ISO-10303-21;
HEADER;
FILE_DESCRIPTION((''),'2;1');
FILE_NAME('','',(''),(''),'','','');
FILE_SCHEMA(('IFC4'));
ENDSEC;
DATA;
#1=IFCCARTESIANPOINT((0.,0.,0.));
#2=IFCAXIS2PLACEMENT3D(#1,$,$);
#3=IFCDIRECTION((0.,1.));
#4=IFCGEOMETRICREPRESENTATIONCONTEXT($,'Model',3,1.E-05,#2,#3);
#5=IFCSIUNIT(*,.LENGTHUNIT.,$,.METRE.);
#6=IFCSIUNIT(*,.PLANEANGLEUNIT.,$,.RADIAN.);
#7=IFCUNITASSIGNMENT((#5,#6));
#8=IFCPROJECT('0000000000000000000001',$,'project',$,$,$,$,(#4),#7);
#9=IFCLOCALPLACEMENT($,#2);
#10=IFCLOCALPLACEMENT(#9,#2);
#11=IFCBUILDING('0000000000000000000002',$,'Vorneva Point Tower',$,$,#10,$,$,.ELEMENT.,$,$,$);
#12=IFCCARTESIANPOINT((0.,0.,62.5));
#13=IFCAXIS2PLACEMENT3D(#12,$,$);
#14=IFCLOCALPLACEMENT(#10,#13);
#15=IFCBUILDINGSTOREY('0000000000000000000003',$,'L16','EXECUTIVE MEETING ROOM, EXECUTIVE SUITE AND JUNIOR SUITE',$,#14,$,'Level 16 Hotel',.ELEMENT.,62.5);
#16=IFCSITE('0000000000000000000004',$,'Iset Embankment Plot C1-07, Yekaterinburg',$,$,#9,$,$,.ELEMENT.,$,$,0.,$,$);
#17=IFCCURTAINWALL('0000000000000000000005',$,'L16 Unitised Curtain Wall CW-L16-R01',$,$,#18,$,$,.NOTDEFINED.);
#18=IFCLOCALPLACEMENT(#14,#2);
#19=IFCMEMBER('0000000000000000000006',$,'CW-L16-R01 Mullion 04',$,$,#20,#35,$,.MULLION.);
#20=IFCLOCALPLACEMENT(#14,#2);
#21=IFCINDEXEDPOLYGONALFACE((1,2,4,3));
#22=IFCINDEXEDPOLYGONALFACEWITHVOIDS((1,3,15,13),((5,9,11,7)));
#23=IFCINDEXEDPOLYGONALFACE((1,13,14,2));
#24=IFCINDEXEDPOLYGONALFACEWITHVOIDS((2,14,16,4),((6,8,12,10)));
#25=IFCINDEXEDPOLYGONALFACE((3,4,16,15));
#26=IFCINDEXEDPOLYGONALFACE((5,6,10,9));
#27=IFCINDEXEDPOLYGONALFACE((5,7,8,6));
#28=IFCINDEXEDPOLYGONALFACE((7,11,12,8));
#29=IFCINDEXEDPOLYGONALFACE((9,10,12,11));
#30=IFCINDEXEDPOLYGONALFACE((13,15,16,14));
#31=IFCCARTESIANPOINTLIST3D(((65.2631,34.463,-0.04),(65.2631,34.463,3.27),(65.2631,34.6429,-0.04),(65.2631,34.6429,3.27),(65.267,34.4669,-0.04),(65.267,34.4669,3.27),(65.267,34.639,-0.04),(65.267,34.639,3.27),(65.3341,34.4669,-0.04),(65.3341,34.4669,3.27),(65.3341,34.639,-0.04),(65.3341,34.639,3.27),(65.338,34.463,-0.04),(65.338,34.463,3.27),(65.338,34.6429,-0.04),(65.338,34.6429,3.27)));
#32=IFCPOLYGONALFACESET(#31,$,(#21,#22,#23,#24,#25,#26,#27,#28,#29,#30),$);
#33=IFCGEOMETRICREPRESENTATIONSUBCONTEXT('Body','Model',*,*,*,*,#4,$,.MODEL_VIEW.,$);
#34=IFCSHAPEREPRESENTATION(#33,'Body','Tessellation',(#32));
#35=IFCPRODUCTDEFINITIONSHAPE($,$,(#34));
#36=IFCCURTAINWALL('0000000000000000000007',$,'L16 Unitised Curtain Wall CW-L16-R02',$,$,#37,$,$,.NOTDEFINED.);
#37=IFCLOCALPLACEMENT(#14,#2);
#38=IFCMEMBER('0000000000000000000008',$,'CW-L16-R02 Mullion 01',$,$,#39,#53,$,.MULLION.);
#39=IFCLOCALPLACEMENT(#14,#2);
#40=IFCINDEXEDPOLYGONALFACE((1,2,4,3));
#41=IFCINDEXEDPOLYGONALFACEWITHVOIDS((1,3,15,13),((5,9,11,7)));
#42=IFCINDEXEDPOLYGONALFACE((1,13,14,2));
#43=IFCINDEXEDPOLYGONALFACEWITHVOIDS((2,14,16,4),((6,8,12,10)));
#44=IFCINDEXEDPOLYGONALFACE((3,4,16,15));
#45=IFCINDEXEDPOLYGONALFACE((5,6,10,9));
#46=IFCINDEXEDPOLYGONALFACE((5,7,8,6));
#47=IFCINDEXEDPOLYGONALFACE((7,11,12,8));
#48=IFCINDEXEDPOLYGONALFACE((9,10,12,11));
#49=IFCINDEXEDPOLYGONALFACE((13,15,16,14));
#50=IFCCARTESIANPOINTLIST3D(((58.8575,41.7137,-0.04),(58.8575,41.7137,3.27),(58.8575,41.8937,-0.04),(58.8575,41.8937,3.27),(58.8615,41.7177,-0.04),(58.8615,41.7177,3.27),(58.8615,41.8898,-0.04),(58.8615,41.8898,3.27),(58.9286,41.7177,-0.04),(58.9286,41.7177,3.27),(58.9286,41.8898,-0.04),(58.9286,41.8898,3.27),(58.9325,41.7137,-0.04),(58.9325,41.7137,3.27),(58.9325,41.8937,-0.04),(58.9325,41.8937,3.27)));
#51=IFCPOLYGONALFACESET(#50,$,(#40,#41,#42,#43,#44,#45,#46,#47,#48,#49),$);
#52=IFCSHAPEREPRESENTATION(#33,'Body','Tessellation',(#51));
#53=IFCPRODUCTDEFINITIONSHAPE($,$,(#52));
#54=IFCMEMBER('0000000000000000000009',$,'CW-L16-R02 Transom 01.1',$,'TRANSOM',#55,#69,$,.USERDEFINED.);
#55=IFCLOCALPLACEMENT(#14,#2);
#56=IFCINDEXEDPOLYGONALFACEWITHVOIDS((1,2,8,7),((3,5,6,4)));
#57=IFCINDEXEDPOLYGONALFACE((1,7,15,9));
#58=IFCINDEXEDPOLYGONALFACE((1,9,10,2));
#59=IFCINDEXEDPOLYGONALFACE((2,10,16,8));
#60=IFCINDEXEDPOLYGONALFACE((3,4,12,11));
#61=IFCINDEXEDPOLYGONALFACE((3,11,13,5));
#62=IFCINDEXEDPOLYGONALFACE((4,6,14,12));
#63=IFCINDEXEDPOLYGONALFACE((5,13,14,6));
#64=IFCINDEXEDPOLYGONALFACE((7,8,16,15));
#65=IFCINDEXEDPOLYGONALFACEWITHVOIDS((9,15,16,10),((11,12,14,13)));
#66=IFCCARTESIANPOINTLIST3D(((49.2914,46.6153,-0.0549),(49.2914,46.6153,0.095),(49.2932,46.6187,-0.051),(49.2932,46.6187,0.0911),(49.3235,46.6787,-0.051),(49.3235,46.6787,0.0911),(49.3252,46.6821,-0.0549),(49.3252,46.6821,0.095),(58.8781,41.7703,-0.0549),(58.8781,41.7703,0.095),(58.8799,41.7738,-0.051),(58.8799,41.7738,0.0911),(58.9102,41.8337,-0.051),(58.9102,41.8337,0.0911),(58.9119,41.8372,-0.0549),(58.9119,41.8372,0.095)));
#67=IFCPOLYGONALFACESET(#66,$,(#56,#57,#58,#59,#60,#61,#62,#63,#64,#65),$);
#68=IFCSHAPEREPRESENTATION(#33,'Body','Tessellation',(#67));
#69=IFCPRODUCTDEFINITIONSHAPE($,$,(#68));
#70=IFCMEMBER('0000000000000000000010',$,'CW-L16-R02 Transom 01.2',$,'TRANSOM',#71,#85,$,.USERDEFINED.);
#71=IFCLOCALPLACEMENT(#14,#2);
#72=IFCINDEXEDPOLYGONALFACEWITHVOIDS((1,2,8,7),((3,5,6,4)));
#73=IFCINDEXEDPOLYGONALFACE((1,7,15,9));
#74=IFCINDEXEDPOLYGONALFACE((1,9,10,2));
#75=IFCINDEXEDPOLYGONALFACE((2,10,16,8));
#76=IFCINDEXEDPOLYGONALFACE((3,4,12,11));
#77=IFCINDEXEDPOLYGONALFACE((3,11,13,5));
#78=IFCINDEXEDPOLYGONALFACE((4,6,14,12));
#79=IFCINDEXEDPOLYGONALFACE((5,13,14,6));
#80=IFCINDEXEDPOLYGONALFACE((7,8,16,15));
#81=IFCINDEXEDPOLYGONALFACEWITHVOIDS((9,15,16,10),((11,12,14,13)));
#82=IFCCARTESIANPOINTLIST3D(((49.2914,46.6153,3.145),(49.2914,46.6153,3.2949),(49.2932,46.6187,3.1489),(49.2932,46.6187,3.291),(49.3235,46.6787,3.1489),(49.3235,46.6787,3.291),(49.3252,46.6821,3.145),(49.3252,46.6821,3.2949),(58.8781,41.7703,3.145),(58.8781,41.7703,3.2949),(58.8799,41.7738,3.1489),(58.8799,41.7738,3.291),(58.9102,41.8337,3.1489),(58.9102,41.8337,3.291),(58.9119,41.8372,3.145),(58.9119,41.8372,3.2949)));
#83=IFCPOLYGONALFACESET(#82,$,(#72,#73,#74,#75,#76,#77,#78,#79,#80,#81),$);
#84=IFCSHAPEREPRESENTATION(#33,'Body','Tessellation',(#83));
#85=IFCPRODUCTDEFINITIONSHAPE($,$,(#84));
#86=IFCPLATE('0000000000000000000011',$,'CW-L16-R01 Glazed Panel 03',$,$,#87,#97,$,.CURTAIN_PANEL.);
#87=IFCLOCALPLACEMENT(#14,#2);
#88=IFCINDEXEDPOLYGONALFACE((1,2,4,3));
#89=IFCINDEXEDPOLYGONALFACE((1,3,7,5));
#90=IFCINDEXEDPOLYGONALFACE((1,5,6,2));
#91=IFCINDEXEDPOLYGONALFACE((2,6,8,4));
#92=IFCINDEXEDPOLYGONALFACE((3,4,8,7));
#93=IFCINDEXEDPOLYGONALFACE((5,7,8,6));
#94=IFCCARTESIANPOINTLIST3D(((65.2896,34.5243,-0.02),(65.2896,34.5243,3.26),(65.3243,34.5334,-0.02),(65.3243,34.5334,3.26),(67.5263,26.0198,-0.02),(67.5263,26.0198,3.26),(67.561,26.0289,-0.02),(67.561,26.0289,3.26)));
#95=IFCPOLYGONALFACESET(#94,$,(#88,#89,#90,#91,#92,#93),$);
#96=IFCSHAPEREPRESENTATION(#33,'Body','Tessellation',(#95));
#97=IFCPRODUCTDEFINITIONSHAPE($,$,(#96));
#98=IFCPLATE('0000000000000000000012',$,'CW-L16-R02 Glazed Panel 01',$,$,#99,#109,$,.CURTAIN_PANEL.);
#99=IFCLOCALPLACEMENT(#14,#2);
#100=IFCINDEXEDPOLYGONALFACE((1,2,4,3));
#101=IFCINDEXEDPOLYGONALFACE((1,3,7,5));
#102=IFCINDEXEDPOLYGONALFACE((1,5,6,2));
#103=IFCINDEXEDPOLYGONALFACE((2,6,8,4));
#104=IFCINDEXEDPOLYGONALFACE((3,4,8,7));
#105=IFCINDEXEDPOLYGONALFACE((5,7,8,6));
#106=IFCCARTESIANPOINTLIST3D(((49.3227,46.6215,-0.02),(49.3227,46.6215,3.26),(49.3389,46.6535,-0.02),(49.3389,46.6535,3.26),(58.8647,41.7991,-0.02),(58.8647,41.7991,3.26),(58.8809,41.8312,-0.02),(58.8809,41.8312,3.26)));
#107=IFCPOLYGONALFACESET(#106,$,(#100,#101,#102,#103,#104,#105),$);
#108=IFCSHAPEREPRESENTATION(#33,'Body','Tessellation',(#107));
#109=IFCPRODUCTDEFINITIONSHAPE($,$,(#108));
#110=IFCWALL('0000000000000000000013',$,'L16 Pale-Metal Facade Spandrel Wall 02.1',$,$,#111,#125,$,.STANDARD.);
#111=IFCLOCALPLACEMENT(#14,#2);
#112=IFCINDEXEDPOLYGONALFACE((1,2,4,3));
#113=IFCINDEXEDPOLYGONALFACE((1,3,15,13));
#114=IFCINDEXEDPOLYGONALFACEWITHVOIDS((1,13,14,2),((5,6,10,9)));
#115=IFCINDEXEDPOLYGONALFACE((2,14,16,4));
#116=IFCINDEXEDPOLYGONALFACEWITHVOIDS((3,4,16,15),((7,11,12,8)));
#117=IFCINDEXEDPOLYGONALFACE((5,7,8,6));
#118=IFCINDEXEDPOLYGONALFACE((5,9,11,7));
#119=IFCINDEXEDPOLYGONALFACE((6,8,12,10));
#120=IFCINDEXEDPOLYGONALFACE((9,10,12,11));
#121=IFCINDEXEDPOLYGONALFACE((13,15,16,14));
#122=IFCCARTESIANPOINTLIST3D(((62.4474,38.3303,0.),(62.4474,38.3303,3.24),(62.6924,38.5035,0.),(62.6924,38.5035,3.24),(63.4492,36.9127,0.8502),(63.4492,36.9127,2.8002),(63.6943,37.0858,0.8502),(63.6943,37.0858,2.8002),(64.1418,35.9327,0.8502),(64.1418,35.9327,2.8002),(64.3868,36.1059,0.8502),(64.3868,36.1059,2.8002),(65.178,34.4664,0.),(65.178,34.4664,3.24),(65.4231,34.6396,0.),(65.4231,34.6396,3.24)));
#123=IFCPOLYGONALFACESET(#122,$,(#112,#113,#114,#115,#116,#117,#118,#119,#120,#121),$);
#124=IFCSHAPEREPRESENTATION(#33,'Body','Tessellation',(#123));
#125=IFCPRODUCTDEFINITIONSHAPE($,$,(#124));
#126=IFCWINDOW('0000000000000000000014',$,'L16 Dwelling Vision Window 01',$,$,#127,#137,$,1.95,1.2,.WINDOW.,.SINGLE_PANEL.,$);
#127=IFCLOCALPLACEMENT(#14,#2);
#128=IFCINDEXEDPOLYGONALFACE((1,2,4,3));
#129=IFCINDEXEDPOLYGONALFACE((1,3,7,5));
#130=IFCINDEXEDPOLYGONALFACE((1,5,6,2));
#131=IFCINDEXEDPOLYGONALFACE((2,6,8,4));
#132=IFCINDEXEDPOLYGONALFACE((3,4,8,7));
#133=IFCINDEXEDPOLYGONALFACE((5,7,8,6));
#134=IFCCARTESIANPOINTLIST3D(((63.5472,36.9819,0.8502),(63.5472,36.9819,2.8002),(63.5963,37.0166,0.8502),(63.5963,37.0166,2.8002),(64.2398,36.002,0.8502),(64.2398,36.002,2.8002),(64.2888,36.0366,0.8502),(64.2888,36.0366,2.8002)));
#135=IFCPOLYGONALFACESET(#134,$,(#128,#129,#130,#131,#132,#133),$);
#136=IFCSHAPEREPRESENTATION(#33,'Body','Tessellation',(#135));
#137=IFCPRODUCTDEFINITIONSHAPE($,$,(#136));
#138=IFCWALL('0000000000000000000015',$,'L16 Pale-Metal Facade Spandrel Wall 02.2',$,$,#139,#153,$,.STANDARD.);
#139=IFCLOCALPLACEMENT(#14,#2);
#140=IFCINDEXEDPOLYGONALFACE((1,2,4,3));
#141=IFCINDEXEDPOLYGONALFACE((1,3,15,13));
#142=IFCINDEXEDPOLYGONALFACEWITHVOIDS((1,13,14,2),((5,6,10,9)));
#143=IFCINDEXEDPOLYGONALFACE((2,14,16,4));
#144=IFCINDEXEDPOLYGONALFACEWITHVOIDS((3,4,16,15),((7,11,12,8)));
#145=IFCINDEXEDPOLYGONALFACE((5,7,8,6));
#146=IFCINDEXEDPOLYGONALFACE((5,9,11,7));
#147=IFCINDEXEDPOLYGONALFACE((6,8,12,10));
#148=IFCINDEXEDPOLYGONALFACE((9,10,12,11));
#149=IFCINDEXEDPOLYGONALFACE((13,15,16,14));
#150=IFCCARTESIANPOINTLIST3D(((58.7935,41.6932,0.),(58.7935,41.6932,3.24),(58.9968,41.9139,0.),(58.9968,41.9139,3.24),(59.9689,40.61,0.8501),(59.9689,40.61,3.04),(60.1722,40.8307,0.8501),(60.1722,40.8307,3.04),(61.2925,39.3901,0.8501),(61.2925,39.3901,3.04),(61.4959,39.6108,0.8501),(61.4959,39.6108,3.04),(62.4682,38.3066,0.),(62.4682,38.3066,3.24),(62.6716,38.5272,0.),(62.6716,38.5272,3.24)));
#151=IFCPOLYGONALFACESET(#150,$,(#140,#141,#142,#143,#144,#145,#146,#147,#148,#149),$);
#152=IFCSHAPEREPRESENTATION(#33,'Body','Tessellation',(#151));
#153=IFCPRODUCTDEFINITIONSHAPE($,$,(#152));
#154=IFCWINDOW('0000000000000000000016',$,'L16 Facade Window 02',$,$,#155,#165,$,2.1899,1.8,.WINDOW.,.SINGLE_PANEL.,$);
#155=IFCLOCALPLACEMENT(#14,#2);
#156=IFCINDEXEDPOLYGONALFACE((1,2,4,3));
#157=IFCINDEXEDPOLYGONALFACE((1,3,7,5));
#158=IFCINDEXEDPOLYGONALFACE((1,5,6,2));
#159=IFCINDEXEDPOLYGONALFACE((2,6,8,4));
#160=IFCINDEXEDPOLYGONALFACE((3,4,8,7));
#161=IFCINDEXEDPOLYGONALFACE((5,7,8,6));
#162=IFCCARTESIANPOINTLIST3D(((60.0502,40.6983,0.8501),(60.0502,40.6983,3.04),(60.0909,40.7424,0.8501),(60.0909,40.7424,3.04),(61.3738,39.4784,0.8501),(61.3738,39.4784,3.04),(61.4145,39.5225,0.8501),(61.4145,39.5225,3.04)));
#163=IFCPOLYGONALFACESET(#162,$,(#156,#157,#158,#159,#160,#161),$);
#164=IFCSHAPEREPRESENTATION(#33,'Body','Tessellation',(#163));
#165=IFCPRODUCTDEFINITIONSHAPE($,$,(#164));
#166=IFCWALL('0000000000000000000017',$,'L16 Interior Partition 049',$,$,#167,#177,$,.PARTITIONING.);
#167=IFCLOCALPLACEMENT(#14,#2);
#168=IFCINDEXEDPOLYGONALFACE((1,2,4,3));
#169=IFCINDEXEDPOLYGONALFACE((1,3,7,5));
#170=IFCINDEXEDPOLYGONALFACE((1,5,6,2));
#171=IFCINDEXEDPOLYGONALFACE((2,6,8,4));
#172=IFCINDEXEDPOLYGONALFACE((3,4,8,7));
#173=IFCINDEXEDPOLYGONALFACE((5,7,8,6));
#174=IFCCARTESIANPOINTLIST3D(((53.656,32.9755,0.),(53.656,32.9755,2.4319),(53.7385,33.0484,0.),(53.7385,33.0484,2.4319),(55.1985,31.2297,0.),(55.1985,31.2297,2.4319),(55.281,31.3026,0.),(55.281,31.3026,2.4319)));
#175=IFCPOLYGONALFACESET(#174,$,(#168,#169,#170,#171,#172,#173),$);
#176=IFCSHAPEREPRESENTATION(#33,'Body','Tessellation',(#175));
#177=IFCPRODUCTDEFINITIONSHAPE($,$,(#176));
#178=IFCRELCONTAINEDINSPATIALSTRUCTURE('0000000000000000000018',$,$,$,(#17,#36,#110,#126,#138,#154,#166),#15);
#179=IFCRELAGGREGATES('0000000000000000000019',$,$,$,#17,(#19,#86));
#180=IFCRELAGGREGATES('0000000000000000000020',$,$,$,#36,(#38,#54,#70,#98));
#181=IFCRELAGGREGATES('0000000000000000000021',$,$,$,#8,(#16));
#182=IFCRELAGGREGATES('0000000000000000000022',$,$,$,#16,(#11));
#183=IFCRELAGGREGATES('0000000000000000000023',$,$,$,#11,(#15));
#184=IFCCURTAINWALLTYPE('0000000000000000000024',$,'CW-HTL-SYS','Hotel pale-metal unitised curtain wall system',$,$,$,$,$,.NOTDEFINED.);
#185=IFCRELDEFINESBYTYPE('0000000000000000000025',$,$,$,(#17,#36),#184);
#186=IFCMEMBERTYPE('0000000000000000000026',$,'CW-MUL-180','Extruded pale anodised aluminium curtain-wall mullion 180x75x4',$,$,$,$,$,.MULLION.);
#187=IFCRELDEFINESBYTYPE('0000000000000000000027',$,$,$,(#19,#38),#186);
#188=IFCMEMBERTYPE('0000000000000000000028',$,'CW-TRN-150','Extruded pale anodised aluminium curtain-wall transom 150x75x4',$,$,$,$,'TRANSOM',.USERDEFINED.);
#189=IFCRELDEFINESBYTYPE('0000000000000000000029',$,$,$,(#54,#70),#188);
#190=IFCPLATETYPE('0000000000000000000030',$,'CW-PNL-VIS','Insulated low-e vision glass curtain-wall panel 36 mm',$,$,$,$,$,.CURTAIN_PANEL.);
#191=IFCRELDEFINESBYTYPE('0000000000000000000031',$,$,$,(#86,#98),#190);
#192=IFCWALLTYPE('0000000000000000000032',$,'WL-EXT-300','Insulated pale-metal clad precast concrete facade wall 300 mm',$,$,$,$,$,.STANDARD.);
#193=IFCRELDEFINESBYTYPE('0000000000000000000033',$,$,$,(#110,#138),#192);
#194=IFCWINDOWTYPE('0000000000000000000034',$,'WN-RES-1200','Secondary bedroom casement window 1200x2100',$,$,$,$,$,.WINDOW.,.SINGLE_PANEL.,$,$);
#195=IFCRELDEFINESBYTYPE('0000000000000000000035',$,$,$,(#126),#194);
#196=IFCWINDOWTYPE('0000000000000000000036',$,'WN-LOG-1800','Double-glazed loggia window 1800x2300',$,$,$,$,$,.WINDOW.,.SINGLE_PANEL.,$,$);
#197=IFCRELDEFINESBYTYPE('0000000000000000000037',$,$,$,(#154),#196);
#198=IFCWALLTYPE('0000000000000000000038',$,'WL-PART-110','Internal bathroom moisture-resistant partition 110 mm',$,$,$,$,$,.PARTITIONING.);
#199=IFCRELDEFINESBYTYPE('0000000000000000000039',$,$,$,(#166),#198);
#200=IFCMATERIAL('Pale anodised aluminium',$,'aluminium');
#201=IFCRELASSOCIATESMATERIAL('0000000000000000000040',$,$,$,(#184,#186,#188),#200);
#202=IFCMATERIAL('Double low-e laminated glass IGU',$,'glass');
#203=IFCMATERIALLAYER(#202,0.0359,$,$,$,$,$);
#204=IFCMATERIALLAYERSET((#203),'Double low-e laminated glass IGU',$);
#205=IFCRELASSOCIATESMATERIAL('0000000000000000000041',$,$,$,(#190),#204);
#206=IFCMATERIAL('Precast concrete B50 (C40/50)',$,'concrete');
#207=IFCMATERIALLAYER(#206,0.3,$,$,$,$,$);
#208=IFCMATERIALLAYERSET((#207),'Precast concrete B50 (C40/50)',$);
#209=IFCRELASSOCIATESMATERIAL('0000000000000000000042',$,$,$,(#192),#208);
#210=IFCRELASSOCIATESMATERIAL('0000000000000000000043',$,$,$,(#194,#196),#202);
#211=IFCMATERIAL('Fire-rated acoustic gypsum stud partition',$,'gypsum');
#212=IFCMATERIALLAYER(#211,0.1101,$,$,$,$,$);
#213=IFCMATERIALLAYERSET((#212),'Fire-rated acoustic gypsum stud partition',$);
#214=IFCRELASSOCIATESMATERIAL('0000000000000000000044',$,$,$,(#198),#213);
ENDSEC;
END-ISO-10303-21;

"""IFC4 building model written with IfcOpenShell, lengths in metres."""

from ifc_helpers import new_model, si_unit, direction, frame, frame_2d, origin, origin_2d, place, context, subcontext, project, spatial, rectangle, hollow_rectangle, extrude, material, layer, layer_set, material_profile, profile_set, type_object, element, fill, aggregate, save


model = new_model("IFC4")

# Units and contexts
model_context = context("Model", 3, precision=1e-05, world=origin(), true_north=direction((0.0, 1.0)))
body_context = subcontext(model_context, "Body", "Model", "MODEL_VIEW")
ifc_project = project(units=[si_unit("LENGTHUNIT", "METRE"), si_unit("PLANEANGLEUNIT", "RADIAN")], contexts=[model_context])

# Site, building, storey
site_placement = place(None, origin())
site = spatial("IfcSite", under=ifc_project, at=site_placement, Name="Iset Embankment Plot C1-07, Yekaterinburg", CompositionType="ELEMENT", RefElevation=0.0)
building_placement = place(site_placement, origin())
building = spatial("IfcBuilding", under=site, at=building_placement, Name="Vorneva Point Tower", CompositionType="ELEMENT")
storey_placement = place(building_placement, frame((0.0, 0.0, 62.5)))
storey = spatial("IfcBuildingStorey", under=building, at=storey_placement, Name="L16", Description="EXECUTIVE MEETING ROOM, EXECUTIVE SUITE AND JUNIOR SUITE", LongName="Level 16 Hotel", CompositionType="ELEMENT", Elevation=62.5)

# Curtain wall, member
ifc_material_1 = material(Name="Pale anodised aluminium", Category="aluminium")
curtain_wall_type = type_object("IfcCurtainWallType", Name="CW-HTL-SYS", Description="Hotel pale-metal unitised curtain wall system", PredefinedType="NOTDEFINED", material=ifc_material_1)
curtain_wall_1_placement = place(storey_placement, origin())
curtain_wall_1 = element("IfcCurtainWall", 1, at=curtain_wall_1_placement, inside=storey, type_object=curtain_wall_type, Name="L16 Unitised Curtain Wall CW-L16-R01", PredefinedType="NOTDEFINED")
ifc_material_profile_1 = material_profile(ifc_material_1, hollow_rectangle(XDim=0.075, YDim=0.1799, WallThickness=0.0039, at=origin_2d()), Name="AL-MUL 180x75x4")
ifc_profile_set_1 = profile_set([ifc_material_profile_1], Name="Pale anodised aluminium")
member_type_1 = type_object("IfcMemberType", Name="CW-MUL-180", Description="Extruded pale anodised aluminium curtain-wall mullion 180x75x4", PredefinedType="MULLION", material=ifc_profile_set_1)
member_1_placement = place(storey_placement, frame((65.3005, 34.553, -0.04), z_axis=(0.0, 0.0, 1.0), x_axis=(1.0, 0.0, 0.0)))
member_1 = element("IfcMember", 2, at=member_1_placement, type_object=member_type_1, Name="CW-L16-R01 Mullion 04", PredefinedType="MULLION", context=body_context, shape_type="SweptSolid", body=[
    extrude(hollow_rectangle(XDim=0.075, YDim=0.1799, WallThickness=0.0039, at=origin_2d()), origin(), (0.0, 0.0, 1.0), 3.3101),
])

# Curtain wall, members
curtain_wall_2_placement = place(storey_placement, origin())
curtain_wall_2 = element("IfcCurtainWall", 3, at=curtain_wall_2_placement, inside=storey, type_object=curtain_wall_type, Name="L16 Unitised Curtain Wall CW-L16-R02", PredefinedType="NOTDEFINED")
member_2_placement = place(storey_placement, frame((58.895, 41.8037, -0.04), z_axis=(0.0, 0.0, 1.0), x_axis=(1.0, 0.0, 0.0)))
member_2 = element("IfcMember", 4, at=member_2_placement, type_object=member_type_1, Name="CW-L16-R02 Mullion 01", PredefinedType="MULLION", context=body_context, shape_type="SweptSolid", body=[
    extrude(hollow_rectangle(XDim=0.075, YDim=0.1799, WallThickness=0.0039, at=origin_2d()), origin(), (0.0, 0.0, 1.0), 3.3101),
])
ifc_material_profile_2 = material_profile(ifc_material_1, hollow_rectangle(XDim=0.075, YDim=0.1499, WallThickness=0.0039, at=origin_2d()), Name="AL-TRN 150x75x4")
ifc_profile_set_2 = profile_set([ifc_material_profile_2], Name="Pale anodised aluminium")
member_type_2 = type_object("IfcMemberType", Name="CW-TRN-150", Description="Extruded pale anodised aluminium curtain-wall transom 150x75x4", ElementType="TRANSOM", PredefinedType="USERDEFINED", material=ifc_profile_set_2)
member_3_placement = place(storey_placement, frame((58.895, 41.8037, 0.02), z_axis=(-0.892496, 0.451055, 0.0), x_axis=(-0.451055, -0.892496, 0.0)))
member_3 = element("IfcMember", 5, at=member_3_placement, type_object=member_type_2, Name="CW-L16-R02 Transom 01.1", ObjectType="TRANSOM", PredefinedType="USERDEFINED", context=body_context, shape_type="SweptSolid", body=[
    extrude(hollow_rectangle(XDim=0.075, YDim=0.1499, WallThickness=0.0039, at=origin_2d()), origin(), (0.0, 0.0, 1.0), 10.7415),
])
member_4_placement = place(storey_placement, frame((58.895, 41.8037, 3.22), z_axis=(-0.892496, 0.451055, 0.0), x_axis=(-0.451055, -0.892496, 0.0)))
member_4 = element("IfcMember", 6, at=member_4_placement, type_object=member_type_2, Name="CW-L16-R02 Transom 01.2", ObjectType="TRANSOM", PredefinedType="USERDEFINED", context=body_context, shape_type="SweptSolid", body=[
    extrude(hollow_rectangle(XDim=0.075, YDim=0.1499, WallThickness=0.0039, at=origin_2d()), origin(), (0.0, 0.0, 1.0), 10.7415),
])

# Plates
ifc_material_2 = material(Name="Double low-e laminated glass IGU", Category="glass")
ifc_layer_1 = layer(ifc_material_2, 0.0359)
ifc_layer_set_1 = layer_set([ifc_layer_1], Name="Double low-e laminated glass IGU")
plate_type = type_object("IfcPlateType", Name="CW-PNL-VIS", Description="Insulated low-e vision glass curtain-wall panel 36 mm", PredefinedType="CURTAIN_PANEL", material=ifc_layer_set_1)
plate_1_placement = place(storey_placement, frame((66.4253, 30.2766, -0.02), z_axis=(0.0, 0.0, 1.0), x_axis=(-0.254349, 0.967113, 0.0)))
plate_1 = element("IfcPlate", 7, at=plate_1_placement, type_object=plate_type, Name="CW-L16-R01 Glazed Panel 03", PredefinedType="CURTAIN_PANEL", context=body_context, shape_type="SweptSolid", body=[
    extrude(rectangle(XDim=8.7937, YDim=0.0359, at=origin_2d()), origin(), (0.0, 0.0, 1.0), 3.28),
])
aggregate(curtain_wall_1, [member_1, plate_1])
plate_2_placement = place(storey_placement, frame((54.1018, 44.2263, -0.02), z_axis=(0.0, 0.0, 1.0), x_axis=(-0.892499, 0.451049, 0.0)))
plate_2 = element("IfcPlate", 8, at=plate_2_placement, type_object=plate_type, Name="CW-L16-R02 Glazed Panel 01", PredefinedType="CURTAIN_PANEL", context=body_context, shape_type="SweptSolid", body=[
    extrude(rectangle(XDim=10.6914, YDim=0.0359, at=origin_2d()), origin(), (0.0, 0.0, 1.0), 3.28),
])
aggregate(curtain_wall_2, [member_2, member_3, member_4, plate_2])

# Walls, openings, windows
ifc_material_3 = material(Name="Precast concrete B50 (C40/50)", Category="concrete")
ifc_layer_2 = layer(ifc_material_3, 0.3)
ifc_layer_set_2 = layer_set([ifc_layer_2], Name="Precast concrete B50 (C40/50)")
wall_type_1 = type_object("IfcWallType", Name="WL-EXT-300", Description="Insulated pale-metal clad precast concrete facade wall 300 mm", PredefinedType="STANDARD", material=ifc_layer_set_2)
wall_1_placement = place(storey_placement, frame((65.3005, 34.553, 0.0), z_axis=(0.0, 0.0, 1.0), x_axis=(-0.577131, 0.816652, 0.0)))
wall_1 = element("IfcWall", 9, at=wall_1_placement, inside=storey, type_object=wall_type_1, Name="L16 Pale-Metal Facade Spandrel Wall 02.1", PredefinedType="STANDARD", context=body_context, shape_type="SweptSolid", body=[
    extrude(rectangle(XDim=4.7314, YDim=0.3, at=frame_2d((2.3657, 0.0))), origin(), (0.0, 0.0, 1.0), 3.24),
])
opening_1_placement = place(wall_1_placement, frame((1.7954, 0.0, 0.8501)))
opening_1 = element("IfcOpeningElement", 10, at=opening_1_placement, cuts=wall_1, PredefinedType="OPENING", context=body_context, shape_type="SweptSolid", body=[
    extrude(rectangle(XDim=1.2, YDim=1.95, at=frame_2d((0.6001, 0.9751))), frame((0.0, 0.165, 0.0), z_axis=(0.0, -1.0, 0.0), x_axis=(1.0, 0.0, 0.0)), (0.0, 0.0, 1.0), 0.3298),
])
window_type_1 = type_object("IfcWindowType", Name="WN-RES-1200", Description="Secondary bedroom casement window 1200x2100", PartitioningType="SINGLE_PANEL", PredefinedType="WINDOW", material=ifc_material_2)
window_1_placement = place(opening_1_placement, origin())
window_1 = element("IfcWindow", 11, at=window_1_placement, inside=storey, type_object=window_type_1, Name="L16 Dwelling Vision Window 01", OverallHeight=1.95, OverallWidth=1.2, PartitioningType="SINGLE_PANEL", PredefinedType="WINDOW", context=body_context, shape_type="SweptSolid", body=[
    extrude(rectangle(XDim=1.2, YDim=1.95, at=frame_2d((0.6001, 0.9751))), frame((0.0, 0.03, 0.0), z_axis=(0.0, -1.0, 0.0), x_axis=(1.0, 0.0, 0.0)), (0.0, 0.0, 1.0), 0.0601),
])
fill(opening_1, window_1)
wall_2_placement = place(storey_placement, frame((62.5698, 38.417, 0.0), z_axis=(0.0, 0.0, 1.0), x_axis=(-0.735343, 0.677696, 0.0)))
wall_2 = element("IfcWall", 12, at=wall_2_placement, inside=storey, type_object=wall_type_1, Name="L16 Pale-Metal Facade Spandrel Wall 02.2", PredefinedType="STANDARD", context=body_context, shape_type="SweptSolid", body=[
    extrude(rectangle(XDim=4.9973, YDim=0.3, at=frame_2d((2.4985, 0.0))), origin(), (0.0, 0.0, 1.0), 3.24),
])
opening_2_placement = place(wall_2_placement, frame((1.5989, 0.0, 0.8501)))
opening_2 = element("IfcOpeningElement", 13, at=opening_2_placement, cuts=wall_2, PredefinedType="OPENING", context=body_context, shape_type="SweptSolid", body=[
    extrude(rectangle(XDim=1.8, YDim=2.1899, at=frame_2d((0.8999, 1.095))), frame((0.0, 0.165, 0.0), z_axis=(0.0, -1.0, 0.0), x_axis=(1.0, 0.0, 0.0)), (0.0, 0.0, 1.0), 0.3298),
])
window_type_2 = type_object("IfcWindowType", Name="WN-LOG-1800", Description="Double-glazed loggia window 1800x2300", PartitioningType="SINGLE_PANEL", PredefinedType="WINDOW", material=ifc_material_2)
window_2_placement = place(opening_2_placement, origin())
window_2 = element("IfcWindow", 14, at=window_2_placement, inside=storey, type_object=window_type_2, Name="L16 Facade Window 02", OverallHeight=2.1899, OverallWidth=1.8, PartitioningType="SINGLE_PANEL", PredefinedType="WINDOW", context=body_context, shape_type="SweptSolid", body=[
    extrude(rectangle(XDim=1.8, YDim=2.1899, at=frame_2d((0.8999, 1.095))), frame((0.0, 0.03, 0.0), z_axis=(0.0, -1.0, 0.0), x_axis=(1.0, 0.0, 0.0)), (0.0, 0.0, 1.0), 0.0601),
])
fill(opening_2, window_2)

# Wall
ifc_material_4 = material(Name="Fire-rated acoustic gypsum stud partition", Category="gypsum")
ifc_layer_3 = layer(ifc_material_4, 0.1101)
ifc_layer_set_3 = layer_set([ifc_layer_3], Name="Fire-rated acoustic gypsum stud partition")
wall_type_2 = type_object("IfcWallType", Name="WL-PART-110", Description="Internal bathroom moisture-resistant partition 110 mm", PredefinedType="PARTITIONING", material=ifc_layer_set_3)
wall_3_placement = place(storey_placement, frame((53.6973, 33.012, 0.0), z_axis=(0.0, 0.0, 1.0), x_axis=(0.66211, -0.749406, 0.0)))
element("IfcWall", 15, at=wall_3_placement, inside=storey, type_object=wall_type_2, Name="L16 Interior Partition 049", PredefinedType="PARTITIONING", context=body_context, shape_type="SweptSolid", body=[
    extrude(rectangle(XDim=2.3296, YDim=0.1101, at=frame_2d((1.1648, 0.0))), origin(), (0.0, 0.0, 1.0), 2.4319),
])

save(model, "model.ifc")
